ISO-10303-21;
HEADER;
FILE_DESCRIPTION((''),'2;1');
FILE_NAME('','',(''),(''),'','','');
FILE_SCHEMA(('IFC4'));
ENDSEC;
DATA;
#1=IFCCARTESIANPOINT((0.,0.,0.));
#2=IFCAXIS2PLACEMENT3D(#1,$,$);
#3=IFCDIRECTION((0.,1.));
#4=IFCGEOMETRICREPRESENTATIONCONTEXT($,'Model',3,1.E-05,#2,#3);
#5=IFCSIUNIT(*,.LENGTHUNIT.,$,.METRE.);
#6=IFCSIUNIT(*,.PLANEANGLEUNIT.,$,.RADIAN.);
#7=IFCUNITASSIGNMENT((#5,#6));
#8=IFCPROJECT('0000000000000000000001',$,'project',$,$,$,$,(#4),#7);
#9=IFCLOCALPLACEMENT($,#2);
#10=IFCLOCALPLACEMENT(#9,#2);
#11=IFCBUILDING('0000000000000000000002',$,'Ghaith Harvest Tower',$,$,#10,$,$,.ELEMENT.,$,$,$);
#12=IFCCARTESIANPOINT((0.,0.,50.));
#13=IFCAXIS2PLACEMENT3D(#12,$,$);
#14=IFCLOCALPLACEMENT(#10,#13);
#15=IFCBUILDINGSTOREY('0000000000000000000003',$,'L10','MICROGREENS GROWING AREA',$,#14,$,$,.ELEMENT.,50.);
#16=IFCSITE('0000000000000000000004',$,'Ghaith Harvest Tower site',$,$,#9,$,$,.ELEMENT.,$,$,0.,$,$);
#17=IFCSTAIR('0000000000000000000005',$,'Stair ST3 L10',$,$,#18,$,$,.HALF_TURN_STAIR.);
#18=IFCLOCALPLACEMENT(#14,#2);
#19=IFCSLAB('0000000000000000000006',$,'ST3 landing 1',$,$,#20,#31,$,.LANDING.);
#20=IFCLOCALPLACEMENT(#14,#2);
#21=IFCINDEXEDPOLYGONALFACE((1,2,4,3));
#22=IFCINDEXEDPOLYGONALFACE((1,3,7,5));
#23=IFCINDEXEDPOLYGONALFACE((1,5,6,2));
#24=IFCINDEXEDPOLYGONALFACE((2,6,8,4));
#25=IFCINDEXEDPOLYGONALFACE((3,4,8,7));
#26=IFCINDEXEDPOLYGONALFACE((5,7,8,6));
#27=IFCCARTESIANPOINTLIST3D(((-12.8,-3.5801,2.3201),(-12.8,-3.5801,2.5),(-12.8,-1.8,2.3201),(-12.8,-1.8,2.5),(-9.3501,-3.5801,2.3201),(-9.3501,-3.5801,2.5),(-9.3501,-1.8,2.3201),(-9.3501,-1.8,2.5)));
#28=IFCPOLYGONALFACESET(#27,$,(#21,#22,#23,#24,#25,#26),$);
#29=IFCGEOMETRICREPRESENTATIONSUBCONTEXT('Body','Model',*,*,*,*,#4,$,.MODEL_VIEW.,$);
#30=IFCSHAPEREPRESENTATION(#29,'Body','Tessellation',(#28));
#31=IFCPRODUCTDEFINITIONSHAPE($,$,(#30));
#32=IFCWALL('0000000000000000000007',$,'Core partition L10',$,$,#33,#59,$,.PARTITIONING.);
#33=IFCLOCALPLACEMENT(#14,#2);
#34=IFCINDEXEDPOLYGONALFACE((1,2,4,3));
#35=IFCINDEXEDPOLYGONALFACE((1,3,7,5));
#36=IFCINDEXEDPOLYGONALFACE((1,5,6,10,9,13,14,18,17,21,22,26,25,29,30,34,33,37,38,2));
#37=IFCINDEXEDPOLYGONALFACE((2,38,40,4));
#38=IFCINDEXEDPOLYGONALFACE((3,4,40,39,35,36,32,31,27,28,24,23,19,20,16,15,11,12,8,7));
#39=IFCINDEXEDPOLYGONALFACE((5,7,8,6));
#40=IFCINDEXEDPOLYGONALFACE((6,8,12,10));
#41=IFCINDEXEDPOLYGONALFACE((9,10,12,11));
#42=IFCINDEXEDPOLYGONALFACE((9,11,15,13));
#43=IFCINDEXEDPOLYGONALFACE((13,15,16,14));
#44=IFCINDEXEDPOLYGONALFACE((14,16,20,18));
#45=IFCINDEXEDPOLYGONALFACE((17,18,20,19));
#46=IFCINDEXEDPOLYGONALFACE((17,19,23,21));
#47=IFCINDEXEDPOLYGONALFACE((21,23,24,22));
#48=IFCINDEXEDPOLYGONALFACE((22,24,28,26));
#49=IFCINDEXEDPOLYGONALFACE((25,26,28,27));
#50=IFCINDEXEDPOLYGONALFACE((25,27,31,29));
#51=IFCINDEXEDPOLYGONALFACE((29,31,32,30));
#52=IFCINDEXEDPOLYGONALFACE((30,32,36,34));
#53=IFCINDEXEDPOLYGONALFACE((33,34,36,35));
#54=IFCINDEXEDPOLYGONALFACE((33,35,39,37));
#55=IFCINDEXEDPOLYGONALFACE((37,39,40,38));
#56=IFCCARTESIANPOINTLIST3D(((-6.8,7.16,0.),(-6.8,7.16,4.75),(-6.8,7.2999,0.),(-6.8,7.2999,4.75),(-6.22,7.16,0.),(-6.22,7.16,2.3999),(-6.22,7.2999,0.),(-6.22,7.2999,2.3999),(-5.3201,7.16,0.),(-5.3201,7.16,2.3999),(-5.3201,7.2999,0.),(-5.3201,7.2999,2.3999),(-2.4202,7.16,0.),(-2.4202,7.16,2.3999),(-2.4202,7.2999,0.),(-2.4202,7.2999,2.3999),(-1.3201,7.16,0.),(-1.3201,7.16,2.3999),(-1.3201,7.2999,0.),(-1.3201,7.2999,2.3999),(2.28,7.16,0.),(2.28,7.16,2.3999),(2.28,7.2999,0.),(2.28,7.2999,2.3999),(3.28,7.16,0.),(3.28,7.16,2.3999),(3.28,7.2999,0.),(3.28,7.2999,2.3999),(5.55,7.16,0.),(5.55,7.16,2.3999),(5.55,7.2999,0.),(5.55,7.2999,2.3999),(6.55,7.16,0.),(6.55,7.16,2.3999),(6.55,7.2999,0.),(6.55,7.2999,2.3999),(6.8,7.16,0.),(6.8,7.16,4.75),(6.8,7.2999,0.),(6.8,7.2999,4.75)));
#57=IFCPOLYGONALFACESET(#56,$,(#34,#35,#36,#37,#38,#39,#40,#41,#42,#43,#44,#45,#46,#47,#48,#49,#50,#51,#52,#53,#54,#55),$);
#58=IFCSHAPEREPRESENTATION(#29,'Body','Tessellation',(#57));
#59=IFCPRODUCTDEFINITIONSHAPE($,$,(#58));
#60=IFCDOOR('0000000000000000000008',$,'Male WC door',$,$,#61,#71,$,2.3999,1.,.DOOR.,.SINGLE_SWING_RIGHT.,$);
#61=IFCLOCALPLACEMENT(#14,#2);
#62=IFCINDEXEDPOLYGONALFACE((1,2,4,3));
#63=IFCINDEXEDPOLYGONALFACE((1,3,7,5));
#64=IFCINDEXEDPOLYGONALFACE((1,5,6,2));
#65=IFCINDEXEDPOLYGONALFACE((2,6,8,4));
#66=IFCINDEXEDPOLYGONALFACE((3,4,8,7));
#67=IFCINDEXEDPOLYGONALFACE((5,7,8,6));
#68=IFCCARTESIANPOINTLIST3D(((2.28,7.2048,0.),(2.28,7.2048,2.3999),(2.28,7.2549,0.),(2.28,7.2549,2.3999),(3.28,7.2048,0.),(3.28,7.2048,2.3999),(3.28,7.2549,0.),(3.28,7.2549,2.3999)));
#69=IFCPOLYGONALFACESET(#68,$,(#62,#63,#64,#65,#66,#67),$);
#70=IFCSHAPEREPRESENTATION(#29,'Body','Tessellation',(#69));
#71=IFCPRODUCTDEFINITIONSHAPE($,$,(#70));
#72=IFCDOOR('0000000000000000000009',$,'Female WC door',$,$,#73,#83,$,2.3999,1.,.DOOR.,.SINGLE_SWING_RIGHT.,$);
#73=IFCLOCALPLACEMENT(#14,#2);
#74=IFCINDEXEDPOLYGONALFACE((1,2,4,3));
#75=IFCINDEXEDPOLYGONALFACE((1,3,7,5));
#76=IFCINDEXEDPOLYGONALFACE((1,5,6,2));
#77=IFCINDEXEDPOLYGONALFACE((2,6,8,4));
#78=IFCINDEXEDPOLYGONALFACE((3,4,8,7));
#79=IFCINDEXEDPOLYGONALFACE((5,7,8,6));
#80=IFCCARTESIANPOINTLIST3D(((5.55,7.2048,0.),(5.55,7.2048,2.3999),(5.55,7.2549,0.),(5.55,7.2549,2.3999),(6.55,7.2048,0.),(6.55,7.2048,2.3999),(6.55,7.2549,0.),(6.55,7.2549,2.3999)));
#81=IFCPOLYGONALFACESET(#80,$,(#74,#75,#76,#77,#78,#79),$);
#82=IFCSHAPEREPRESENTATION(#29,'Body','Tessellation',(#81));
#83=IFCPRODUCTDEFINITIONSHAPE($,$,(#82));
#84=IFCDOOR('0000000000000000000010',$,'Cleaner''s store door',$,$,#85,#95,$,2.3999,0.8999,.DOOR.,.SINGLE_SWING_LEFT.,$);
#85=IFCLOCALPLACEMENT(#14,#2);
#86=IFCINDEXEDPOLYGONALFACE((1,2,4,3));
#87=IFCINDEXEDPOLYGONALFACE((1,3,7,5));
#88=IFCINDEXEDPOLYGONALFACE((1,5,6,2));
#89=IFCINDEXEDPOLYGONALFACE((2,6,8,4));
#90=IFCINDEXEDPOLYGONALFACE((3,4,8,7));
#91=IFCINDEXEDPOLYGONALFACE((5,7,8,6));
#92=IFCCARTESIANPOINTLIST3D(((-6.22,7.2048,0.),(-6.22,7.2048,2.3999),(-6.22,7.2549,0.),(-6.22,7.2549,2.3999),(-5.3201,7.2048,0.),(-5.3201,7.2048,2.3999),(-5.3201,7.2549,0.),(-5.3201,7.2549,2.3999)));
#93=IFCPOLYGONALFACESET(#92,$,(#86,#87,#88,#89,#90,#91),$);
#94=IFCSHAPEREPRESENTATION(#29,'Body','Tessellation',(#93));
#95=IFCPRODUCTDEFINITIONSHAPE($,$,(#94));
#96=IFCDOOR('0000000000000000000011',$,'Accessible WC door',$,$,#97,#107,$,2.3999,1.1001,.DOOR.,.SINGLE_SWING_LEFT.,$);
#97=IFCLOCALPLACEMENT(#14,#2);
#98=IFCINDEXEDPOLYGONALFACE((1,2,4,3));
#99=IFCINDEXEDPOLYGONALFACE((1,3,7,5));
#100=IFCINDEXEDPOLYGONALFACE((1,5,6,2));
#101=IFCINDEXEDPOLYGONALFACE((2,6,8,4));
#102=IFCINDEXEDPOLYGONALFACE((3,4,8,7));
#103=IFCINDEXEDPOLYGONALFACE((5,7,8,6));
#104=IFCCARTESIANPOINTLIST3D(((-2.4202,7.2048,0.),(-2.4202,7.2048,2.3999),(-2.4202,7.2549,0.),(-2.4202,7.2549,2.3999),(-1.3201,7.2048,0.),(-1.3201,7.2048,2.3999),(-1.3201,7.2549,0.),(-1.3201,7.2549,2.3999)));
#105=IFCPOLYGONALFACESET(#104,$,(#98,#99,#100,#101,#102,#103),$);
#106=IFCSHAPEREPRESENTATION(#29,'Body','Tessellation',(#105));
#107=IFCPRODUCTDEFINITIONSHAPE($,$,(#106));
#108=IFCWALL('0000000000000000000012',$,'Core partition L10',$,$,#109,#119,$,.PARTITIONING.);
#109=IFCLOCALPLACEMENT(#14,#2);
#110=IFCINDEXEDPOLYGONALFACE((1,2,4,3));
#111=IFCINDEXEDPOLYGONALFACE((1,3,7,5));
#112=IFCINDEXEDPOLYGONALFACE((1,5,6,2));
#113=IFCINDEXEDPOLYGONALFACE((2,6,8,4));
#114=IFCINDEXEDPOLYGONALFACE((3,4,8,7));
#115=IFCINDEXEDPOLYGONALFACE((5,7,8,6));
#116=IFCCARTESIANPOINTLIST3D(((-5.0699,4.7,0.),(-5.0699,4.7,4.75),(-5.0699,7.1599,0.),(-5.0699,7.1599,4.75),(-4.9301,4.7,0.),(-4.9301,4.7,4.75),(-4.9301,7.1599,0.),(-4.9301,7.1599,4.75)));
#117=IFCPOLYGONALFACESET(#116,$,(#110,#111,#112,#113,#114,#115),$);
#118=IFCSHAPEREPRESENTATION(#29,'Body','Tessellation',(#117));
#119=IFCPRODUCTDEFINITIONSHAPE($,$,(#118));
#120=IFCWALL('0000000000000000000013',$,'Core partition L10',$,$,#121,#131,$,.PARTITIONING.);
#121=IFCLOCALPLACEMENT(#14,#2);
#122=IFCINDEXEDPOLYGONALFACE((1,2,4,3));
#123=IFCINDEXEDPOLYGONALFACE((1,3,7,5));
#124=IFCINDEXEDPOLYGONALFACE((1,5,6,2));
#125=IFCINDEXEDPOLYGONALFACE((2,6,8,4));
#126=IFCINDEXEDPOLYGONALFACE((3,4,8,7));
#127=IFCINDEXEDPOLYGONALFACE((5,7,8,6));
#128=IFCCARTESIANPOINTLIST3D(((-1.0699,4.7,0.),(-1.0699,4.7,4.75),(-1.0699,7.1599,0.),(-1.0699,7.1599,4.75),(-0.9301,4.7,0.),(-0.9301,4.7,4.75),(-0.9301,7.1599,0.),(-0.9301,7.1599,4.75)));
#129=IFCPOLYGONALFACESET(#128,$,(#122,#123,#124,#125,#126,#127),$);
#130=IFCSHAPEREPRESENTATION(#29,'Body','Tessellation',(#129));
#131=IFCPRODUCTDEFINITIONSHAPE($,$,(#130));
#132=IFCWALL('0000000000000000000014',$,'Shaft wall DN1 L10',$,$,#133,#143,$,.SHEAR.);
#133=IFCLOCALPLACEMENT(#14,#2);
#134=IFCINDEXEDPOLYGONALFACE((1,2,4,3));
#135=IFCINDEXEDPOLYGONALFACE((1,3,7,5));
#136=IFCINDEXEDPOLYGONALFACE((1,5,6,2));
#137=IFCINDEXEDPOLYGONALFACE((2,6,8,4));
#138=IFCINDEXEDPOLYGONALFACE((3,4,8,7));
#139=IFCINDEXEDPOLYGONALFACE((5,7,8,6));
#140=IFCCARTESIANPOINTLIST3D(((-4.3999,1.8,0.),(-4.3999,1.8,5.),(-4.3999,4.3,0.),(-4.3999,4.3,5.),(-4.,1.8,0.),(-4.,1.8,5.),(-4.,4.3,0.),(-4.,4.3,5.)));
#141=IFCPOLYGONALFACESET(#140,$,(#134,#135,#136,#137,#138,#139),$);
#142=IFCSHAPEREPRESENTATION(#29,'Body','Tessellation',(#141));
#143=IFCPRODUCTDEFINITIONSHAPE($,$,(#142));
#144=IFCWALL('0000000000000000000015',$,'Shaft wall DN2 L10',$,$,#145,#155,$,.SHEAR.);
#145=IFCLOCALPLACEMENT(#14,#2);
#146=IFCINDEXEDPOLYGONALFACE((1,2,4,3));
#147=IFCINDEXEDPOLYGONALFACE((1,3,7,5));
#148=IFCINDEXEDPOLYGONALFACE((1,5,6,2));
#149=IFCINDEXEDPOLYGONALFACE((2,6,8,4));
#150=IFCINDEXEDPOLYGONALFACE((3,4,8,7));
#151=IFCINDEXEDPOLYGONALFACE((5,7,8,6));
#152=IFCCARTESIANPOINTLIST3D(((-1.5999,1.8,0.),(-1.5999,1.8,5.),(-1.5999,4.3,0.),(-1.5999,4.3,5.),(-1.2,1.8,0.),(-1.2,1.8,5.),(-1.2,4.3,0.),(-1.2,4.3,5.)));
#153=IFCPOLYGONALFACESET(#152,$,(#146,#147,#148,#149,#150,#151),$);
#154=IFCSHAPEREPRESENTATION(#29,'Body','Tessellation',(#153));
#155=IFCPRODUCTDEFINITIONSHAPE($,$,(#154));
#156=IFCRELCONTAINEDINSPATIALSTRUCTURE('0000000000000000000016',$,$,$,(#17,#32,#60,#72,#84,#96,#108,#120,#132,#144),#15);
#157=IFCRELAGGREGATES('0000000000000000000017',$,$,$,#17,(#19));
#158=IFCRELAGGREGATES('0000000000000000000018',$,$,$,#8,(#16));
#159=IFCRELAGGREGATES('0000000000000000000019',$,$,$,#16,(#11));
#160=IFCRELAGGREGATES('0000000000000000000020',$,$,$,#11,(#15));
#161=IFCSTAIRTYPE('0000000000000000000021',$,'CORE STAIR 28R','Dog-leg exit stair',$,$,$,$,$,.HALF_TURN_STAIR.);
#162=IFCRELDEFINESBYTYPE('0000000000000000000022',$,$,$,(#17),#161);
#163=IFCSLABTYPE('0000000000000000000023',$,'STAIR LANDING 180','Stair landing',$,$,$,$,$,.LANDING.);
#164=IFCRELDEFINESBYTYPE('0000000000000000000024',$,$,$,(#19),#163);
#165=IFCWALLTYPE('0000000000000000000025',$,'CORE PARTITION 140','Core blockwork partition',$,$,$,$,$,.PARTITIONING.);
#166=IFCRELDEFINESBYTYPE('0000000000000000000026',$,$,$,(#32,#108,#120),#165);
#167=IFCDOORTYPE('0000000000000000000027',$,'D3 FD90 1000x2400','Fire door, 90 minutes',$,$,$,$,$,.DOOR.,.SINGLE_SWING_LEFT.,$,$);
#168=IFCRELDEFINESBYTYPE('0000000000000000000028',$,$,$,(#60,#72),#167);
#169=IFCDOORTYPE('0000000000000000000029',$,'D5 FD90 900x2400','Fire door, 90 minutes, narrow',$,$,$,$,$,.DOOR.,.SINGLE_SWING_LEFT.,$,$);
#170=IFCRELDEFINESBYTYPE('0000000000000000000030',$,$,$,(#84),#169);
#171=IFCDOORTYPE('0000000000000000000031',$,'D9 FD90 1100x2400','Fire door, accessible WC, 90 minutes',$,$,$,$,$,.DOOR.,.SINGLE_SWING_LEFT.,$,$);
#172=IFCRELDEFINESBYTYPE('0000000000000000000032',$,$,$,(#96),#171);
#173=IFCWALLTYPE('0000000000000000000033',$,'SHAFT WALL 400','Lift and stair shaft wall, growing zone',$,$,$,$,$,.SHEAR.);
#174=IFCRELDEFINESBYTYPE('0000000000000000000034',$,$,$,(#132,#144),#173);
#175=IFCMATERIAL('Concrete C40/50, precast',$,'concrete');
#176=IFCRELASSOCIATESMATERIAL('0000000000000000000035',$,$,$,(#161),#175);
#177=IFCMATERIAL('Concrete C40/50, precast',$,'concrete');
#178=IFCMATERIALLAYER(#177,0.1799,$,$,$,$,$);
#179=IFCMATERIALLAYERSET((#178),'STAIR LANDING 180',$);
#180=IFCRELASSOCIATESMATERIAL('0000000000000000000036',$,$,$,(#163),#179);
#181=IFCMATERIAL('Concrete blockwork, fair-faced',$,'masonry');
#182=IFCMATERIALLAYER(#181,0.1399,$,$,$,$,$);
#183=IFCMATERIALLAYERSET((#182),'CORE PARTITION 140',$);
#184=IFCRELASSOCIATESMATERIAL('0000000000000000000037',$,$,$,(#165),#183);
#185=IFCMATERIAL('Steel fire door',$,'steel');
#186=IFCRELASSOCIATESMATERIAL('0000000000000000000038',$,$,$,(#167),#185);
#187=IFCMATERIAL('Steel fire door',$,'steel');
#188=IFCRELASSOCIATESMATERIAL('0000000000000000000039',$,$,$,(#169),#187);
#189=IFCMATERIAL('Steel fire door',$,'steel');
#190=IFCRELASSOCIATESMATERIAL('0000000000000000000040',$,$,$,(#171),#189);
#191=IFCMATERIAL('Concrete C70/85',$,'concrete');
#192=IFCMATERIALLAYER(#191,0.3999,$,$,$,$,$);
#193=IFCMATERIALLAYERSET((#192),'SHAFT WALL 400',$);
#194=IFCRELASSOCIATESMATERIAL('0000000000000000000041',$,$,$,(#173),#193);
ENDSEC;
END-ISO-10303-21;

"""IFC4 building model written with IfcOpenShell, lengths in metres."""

from ifc_helpers import new_model, si_unit, direction, frame, frame_2d, origin, place, context, subcontext, project, spatial, polyline, rectangle, outline, extrude, material, layer, layer_set, type_object, element, fill, aggregate, save


model = new_model("IFC4")

# Units and contexts
model_context = context("Model", 3, precision=1e-05, world=origin(), true_north=direction((0.0, 1.0)))
body_context = subcontext(model_context, "Body", "Model", "MODEL_VIEW")
ifc_project = project(units=[si_unit("LENGTHUNIT", "METRE"), si_unit("PLANEANGLEUNIT", "RADIAN")], contexts=[model_context])

# Site, building, storey
site_placement = place(None, origin())
site = spatial("IfcSite", under=ifc_project, at=site_placement, Name="Ghaith Harvest Tower site", CompositionType="ELEMENT", RefElevation=0.0)
building_placement = place(site_placement, origin())
building = spatial("IfcBuilding", under=site, at=building_placement, Name="Ghaith Harvest Tower", CompositionType="ELEMENT")
storey_placement = place(building_placement, frame((0.0, 0.0, 50.0)))
storey = spatial("IfcBuildingStorey", under=building, at=storey_placement, Name="L10", Description="MICROGREENS GROWING AREA", CompositionType="ELEMENT", Elevation=50.0)

# Shared definitions
ifc_material_1 = material(Name="Concrete C40/50, precast", Category="concrete")
stair_type = type_object("IfcStairType", Name="CORE STAIR 28R", Description="Dog-leg exit stair", PredefinedType="HALF_TURN_STAIR", material=ifc_material_1)
ifc_material_2 = material(Name="Concrete C40/50, precast", Category="concrete")
ifc_layer_1 = layer(ifc_material_2, 0.1799)
ifc_layer_set_1 = layer_set([ifc_layer_1], Name="STAIR LANDING 180")
slab_type_1 = type_object("IfcSlabType", Name="STAIR LANDING 180", Description="Stair landing", PredefinedType="LANDING", material=ifc_layer_set_1)

# Stair, slab
stair_1_placement = place(storey_placement, origin())
stair_1 = element("IfcStair", 1, at=stair_1_placement, inside=storey, type_object=stair_type, Name="Stair ST3 L10", PredefinedType="HALF_TURN_STAIR")
slab_1_placement = place(storey_placement, frame((0.0, 0.0, 2.3201)))
slab_1 = element("IfcSlab", 2, at=slab_1_placement, type_object=slab_type_1, Name="ST3 landing 1", PredefinedType="LANDING", context=body_context, shape_type="SweptSolid", body=[
    extrude(outline(polyline([(-12.8, -3.5801), (-12.8, -1.8), (-9.3501, -1.8), (-9.3501, -3.5801), (-12.8, -3.5801)])), origin(), (0.0, 0.0, 1.0), 0.1799),
])
aggregate(stair_1, [slab_1])

# Wall, openings, doors
ifc_material_3 = material(Name="Concrete blockwork, fair-faced", Category="masonry")
ifc_layer_2 = layer(ifc_material_3, 0.1399)
ifc_layer_set_2 = layer_set([ifc_layer_2], Name="CORE PARTITION 140")
wall_type_1 = type_object("IfcWallType", Name="CORE PARTITION 140", Description="Core blockwork partition", PredefinedType="PARTITIONING", material=ifc_layer_set_2)
wall_placement = place(storey_placement, frame((-6.8, 7.23, 0.0), z_axis=(0.0, 0.0, 1.0), x_axis=(1.0, 0.0, 0.0)))
wall = element("IfcWall", 3, at=wall_placement, inside=storey, type_object=wall_type_1, Name="Core partition L10", PredefinedType="PARTITIONING", context=body_context, shape_type="SweptSolid", body=[
    extrude(rectangle(XDim=13.6001, YDim=0.1399, at=frame_2d((6.8, 0.0))), origin(), (0.0, 0.0, 1.0), 4.75),
])
opening_1_placement = place(wall_placement, frame((0.5801, 0.0, 0.0)))
opening_1 = element("IfcOpeningElement", 4, at=opening_1_placement, cuts=wall, PredefinedType="OPENING", context=body_context, shape_type="SweptSolid", body=[
    extrude(rectangle(XDim=0.8999, YDim=2.3999, at=frame_2d((0.45, 1.2))), frame((0.0, 0.0801, 0.0), z_axis=(0.0, -1.0, 0.0), x_axis=(1.0, 0.0, 0.0)), (0.0, 0.0, 1.0), 0.1599),
])
opening_2_placement = place(wall_placement, frame((4.3799, 0.0, 0.0)))
opening_2 = element("IfcOpeningElement", 5, at=opening_2_placement, cuts=wall, PredefinedType="OPENING", context=body_context, shape_type="SweptSolid", body=[
    extrude(rectangle(XDim=1.1001, YDim=2.3999, at=frame_2d((0.55, 1.2))), frame((0.0, 0.0801, 0.0), z_axis=(0.0, -1.0, 0.0), x_axis=(1.0, 0.0, 0.0)), (0.0, 0.0, 1.0), 0.1599),
])
opening_3_placement = place(wall_placement, frame((9.0801, 0.0, 0.0)))
opening_3 = element("IfcOpeningElement", 6, at=opening_3_placement, cuts=wall, PredefinedType="OPENING", context=body_context, shape_type="SweptSolid", body=[
    extrude(rectangle(XDim=1.0, YDim=2.3999, at=frame_2d((0.5, 1.2))), frame((0.0, 0.0801, 0.0), z_axis=(0.0, -1.0, 0.0), x_axis=(1.0, 0.0, 0.0)), (0.0, 0.0, 1.0), 0.1599),
])
opening_4_placement = place(wall_placement, frame((12.3501, 0.0, 0.0)))
opening_4 = element("IfcOpeningElement", 7, at=opening_4_placement, cuts=wall, PredefinedType="OPENING", context=body_context, shape_type="SweptSolid", body=[
    extrude(rectangle(XDim=1.0, YDim=2.3999, at=frame_2d((0.5, 1.2))), frame((0.0, 0.0801, 0.0), z_axis=(0.0, -1.0, 0.0), x_axis=(1.0, 0.0, 0.0)), (0.0, 0.0, 1.0), 0.1599),
])
ifc_material_4 = material(Name="Steel fire door", Category="steel")
door_type_1 = type_object("IfcDoorType", Name="D3 FD90 1000x2400", Description="Fire door, 90 minutes", OperationType="SINGLE_SWING_LEFT", PredefinedType="DOOR", material=ifc_material_4)
door_1_placement = place(opening_3_placement, origin())
door_1 = element("IfcDoor", 8, at=door_1_placement, inside=storey, type_object=door_type_1, Name="Male WC door", OperationType="SINGLE_SWING_RIGHT", OverallHeight=2.3999, OverallWidth=1.0, PredefinedType="DOOR", context=body_context, shape_type="SweptSolid", body=[
    extrude(rectangle(XDim=1.0, YDim=2.3999, at=frame_2d((0.5, 1.2))), frame((0.0, 0.0249, 0.0), z_axis=(0.0, -1.0, 0.0), x_axis=(1.0, 0.0, 0.0)), (0.0, 0.0, 1.0), 0.05),
])
fill(opening_3, door_1)
door_2_placement = place(opening_4_placement, origin())
door_2 = element("IfcDoor", 9, at=door_2_placement, inside=storey, type_object=door_type_1, Name="Female WC door", OperationType="SINGLE_SWING_RIGHT", OverallHeight=2.3999, OverallWidth=1.0, PredefinedType="DOOR", context=body_context, shape_type="SweptSolid", body=[
    extrude(rectangle(XDim=1.0, YDim=2.3999, at=frame_2d((0.5, 1.2))), frame((0.0, 0.0249, 0.0), z_axis=(0.0, -1.0, 0.0), x_axis=(1.0, 0.0, 0.0)), (0.0, 0.0, 1.0), 0.05),
])
fill(opening_4, door_2)
ifc_material_5 = material(Name="Steel fire door", Category="steel")
door_type_2 = type_object("IfcDoorType", Name="D5 FD90 900x2400", Description="Fire door, 90 minutes, narrow", OperationType="SINGLE_SWING_LEFT", PredefinedType="DOOR", material=ifc_material_5)
door_3_placement = place(opening_1_placement, origin())
door_3 = element("IfcDoor", 10, at=door_3_placement, inside=storey, type_object=door_type_2, Name="Cleaner's store door", OperationType="SINGLE_SWING_LEFT", OverallHeight=2.3999, OverallWidth=0.8999, PredefinedType="DOOR", context=body_context, shape_type="SweptSolid", body=[
    extrude(rectangle(XDim=0.8999, YDim=2.3999, at=frame_2d((0.45, 1.2))), frame((0.0, 0.0249, 0.0), z_axis=(0.0, -1.0, 0.0), x_axis=(1.0, 0.0, 0.0)), (0.0, 0.0, 1.0), 0.05),
])
fill(opening_1, door_3)
ifc_material_6 = material(Name="Steel fire door", Category="steel")
door_type_3 = type_object("IfcDoorType", Name="D9 FD90 1100x2400", Description="Fire door, accessible WC, 90 minutes", OperationType="SINGLE_SWING_LEFT", PredefinedType="DOOR", material=ifc_material_6)
door_4_placement = place(opening_2_placement, origin())
door_4 = element("IfcDoor", 11, at=door_4_placement, inside=storey, type_object=door_type_3, Name="Accessible WC door", OperationType="SINGLE_SWING_LEFT", OverallHeight=2.3999, OverallWidth=1.1001, PredefinedType="DOOR", context=body_context, shape_type="SweptSolid", body=[
    extrude(rectangle(XDim=1.1001, YDim=2.3999, at=frame_2d((0.55, 1.2))), frame((0.0, 0.0249, 0.0), z_axis=(0.0, -1.0, 0.0), x_axis=(1.0, 0.0, 0.0)), (0.0, 0.0, 1.0), 0.05),
])
fill(opening_2, door_4)

# Walls
for number, where, z_axis, x_axis, name in (
    (12, (-5.0, 4.7, 0.0), (0.0, 0.0, 1.0), (0.0, 1.0, 0.0), "Core partition L10"),
    (13, (-1.0, 4.7, 0.0), (0.0, 0.0, 1.0), (0.0, 1.0, 0.0), "Core partition L10"),
):
    element("IfcWall", number, at=place(storey_placement, frame(where, z_axis=z_axis, x_axis=x_axis)), inside=storey, type_object=wall_type_1, Name=name, PredefinedType="PARTITIONING", context=body_context, shape_type="SweptSolid", body=[
        extrude(rectangle(XDim=2.46, YDim=0.1399, at=frame_2d((1.23, 0.0))), origin(), (0.0, 0.0, 1.0), 4.75),
    ])
ifc_material_7 = material(Name="Concrete C70/85", Category="concrete")
ifc_layer_3 = layer(ifc_material_7, 0.3999)
ifc_layer_set_3 = layer_set([ifc_layer_3], Name="SHAFT WALL 400")
wall_type_2 = type_object("IfcWallType", Name="SHAFT WALL 400", Description="Lift and stair shaft wall, growing zone", PredefinedType="SHEAR", material=ifc_layer_set_3)
for number, where, z_axis, x_axis, name in (
    (14, (-4.2, 1.8, 0.0), (0.0, 0.0, 1.0), (0.0, 1.0, 0.0), "Shaft wall DN1 L10"),
    (15, (-1.3999, 1.8, 0.0), (0.0, 0.0, 1.0), (0.0, 1.0, 0.0), "Shaft wall DN2 L10"),
):
    element("IfcWall", number, at=place(storey_placement, frame(where, z_axis=z_axis, x_axis=x_axis)), inside=storey, type_object=wall_type_2, Name=name, PredefinedType="SHEAR", context=body_context, shape_type="SweptSolid", body=[
        extrude(rectangle(XDim=2.5, YDim=0.3999, at=frame_2d((1.25, 0.0))), origin(), (0.0, 0.0, 1.0), 5.0),
    ])

save(model, "model.ifc")
